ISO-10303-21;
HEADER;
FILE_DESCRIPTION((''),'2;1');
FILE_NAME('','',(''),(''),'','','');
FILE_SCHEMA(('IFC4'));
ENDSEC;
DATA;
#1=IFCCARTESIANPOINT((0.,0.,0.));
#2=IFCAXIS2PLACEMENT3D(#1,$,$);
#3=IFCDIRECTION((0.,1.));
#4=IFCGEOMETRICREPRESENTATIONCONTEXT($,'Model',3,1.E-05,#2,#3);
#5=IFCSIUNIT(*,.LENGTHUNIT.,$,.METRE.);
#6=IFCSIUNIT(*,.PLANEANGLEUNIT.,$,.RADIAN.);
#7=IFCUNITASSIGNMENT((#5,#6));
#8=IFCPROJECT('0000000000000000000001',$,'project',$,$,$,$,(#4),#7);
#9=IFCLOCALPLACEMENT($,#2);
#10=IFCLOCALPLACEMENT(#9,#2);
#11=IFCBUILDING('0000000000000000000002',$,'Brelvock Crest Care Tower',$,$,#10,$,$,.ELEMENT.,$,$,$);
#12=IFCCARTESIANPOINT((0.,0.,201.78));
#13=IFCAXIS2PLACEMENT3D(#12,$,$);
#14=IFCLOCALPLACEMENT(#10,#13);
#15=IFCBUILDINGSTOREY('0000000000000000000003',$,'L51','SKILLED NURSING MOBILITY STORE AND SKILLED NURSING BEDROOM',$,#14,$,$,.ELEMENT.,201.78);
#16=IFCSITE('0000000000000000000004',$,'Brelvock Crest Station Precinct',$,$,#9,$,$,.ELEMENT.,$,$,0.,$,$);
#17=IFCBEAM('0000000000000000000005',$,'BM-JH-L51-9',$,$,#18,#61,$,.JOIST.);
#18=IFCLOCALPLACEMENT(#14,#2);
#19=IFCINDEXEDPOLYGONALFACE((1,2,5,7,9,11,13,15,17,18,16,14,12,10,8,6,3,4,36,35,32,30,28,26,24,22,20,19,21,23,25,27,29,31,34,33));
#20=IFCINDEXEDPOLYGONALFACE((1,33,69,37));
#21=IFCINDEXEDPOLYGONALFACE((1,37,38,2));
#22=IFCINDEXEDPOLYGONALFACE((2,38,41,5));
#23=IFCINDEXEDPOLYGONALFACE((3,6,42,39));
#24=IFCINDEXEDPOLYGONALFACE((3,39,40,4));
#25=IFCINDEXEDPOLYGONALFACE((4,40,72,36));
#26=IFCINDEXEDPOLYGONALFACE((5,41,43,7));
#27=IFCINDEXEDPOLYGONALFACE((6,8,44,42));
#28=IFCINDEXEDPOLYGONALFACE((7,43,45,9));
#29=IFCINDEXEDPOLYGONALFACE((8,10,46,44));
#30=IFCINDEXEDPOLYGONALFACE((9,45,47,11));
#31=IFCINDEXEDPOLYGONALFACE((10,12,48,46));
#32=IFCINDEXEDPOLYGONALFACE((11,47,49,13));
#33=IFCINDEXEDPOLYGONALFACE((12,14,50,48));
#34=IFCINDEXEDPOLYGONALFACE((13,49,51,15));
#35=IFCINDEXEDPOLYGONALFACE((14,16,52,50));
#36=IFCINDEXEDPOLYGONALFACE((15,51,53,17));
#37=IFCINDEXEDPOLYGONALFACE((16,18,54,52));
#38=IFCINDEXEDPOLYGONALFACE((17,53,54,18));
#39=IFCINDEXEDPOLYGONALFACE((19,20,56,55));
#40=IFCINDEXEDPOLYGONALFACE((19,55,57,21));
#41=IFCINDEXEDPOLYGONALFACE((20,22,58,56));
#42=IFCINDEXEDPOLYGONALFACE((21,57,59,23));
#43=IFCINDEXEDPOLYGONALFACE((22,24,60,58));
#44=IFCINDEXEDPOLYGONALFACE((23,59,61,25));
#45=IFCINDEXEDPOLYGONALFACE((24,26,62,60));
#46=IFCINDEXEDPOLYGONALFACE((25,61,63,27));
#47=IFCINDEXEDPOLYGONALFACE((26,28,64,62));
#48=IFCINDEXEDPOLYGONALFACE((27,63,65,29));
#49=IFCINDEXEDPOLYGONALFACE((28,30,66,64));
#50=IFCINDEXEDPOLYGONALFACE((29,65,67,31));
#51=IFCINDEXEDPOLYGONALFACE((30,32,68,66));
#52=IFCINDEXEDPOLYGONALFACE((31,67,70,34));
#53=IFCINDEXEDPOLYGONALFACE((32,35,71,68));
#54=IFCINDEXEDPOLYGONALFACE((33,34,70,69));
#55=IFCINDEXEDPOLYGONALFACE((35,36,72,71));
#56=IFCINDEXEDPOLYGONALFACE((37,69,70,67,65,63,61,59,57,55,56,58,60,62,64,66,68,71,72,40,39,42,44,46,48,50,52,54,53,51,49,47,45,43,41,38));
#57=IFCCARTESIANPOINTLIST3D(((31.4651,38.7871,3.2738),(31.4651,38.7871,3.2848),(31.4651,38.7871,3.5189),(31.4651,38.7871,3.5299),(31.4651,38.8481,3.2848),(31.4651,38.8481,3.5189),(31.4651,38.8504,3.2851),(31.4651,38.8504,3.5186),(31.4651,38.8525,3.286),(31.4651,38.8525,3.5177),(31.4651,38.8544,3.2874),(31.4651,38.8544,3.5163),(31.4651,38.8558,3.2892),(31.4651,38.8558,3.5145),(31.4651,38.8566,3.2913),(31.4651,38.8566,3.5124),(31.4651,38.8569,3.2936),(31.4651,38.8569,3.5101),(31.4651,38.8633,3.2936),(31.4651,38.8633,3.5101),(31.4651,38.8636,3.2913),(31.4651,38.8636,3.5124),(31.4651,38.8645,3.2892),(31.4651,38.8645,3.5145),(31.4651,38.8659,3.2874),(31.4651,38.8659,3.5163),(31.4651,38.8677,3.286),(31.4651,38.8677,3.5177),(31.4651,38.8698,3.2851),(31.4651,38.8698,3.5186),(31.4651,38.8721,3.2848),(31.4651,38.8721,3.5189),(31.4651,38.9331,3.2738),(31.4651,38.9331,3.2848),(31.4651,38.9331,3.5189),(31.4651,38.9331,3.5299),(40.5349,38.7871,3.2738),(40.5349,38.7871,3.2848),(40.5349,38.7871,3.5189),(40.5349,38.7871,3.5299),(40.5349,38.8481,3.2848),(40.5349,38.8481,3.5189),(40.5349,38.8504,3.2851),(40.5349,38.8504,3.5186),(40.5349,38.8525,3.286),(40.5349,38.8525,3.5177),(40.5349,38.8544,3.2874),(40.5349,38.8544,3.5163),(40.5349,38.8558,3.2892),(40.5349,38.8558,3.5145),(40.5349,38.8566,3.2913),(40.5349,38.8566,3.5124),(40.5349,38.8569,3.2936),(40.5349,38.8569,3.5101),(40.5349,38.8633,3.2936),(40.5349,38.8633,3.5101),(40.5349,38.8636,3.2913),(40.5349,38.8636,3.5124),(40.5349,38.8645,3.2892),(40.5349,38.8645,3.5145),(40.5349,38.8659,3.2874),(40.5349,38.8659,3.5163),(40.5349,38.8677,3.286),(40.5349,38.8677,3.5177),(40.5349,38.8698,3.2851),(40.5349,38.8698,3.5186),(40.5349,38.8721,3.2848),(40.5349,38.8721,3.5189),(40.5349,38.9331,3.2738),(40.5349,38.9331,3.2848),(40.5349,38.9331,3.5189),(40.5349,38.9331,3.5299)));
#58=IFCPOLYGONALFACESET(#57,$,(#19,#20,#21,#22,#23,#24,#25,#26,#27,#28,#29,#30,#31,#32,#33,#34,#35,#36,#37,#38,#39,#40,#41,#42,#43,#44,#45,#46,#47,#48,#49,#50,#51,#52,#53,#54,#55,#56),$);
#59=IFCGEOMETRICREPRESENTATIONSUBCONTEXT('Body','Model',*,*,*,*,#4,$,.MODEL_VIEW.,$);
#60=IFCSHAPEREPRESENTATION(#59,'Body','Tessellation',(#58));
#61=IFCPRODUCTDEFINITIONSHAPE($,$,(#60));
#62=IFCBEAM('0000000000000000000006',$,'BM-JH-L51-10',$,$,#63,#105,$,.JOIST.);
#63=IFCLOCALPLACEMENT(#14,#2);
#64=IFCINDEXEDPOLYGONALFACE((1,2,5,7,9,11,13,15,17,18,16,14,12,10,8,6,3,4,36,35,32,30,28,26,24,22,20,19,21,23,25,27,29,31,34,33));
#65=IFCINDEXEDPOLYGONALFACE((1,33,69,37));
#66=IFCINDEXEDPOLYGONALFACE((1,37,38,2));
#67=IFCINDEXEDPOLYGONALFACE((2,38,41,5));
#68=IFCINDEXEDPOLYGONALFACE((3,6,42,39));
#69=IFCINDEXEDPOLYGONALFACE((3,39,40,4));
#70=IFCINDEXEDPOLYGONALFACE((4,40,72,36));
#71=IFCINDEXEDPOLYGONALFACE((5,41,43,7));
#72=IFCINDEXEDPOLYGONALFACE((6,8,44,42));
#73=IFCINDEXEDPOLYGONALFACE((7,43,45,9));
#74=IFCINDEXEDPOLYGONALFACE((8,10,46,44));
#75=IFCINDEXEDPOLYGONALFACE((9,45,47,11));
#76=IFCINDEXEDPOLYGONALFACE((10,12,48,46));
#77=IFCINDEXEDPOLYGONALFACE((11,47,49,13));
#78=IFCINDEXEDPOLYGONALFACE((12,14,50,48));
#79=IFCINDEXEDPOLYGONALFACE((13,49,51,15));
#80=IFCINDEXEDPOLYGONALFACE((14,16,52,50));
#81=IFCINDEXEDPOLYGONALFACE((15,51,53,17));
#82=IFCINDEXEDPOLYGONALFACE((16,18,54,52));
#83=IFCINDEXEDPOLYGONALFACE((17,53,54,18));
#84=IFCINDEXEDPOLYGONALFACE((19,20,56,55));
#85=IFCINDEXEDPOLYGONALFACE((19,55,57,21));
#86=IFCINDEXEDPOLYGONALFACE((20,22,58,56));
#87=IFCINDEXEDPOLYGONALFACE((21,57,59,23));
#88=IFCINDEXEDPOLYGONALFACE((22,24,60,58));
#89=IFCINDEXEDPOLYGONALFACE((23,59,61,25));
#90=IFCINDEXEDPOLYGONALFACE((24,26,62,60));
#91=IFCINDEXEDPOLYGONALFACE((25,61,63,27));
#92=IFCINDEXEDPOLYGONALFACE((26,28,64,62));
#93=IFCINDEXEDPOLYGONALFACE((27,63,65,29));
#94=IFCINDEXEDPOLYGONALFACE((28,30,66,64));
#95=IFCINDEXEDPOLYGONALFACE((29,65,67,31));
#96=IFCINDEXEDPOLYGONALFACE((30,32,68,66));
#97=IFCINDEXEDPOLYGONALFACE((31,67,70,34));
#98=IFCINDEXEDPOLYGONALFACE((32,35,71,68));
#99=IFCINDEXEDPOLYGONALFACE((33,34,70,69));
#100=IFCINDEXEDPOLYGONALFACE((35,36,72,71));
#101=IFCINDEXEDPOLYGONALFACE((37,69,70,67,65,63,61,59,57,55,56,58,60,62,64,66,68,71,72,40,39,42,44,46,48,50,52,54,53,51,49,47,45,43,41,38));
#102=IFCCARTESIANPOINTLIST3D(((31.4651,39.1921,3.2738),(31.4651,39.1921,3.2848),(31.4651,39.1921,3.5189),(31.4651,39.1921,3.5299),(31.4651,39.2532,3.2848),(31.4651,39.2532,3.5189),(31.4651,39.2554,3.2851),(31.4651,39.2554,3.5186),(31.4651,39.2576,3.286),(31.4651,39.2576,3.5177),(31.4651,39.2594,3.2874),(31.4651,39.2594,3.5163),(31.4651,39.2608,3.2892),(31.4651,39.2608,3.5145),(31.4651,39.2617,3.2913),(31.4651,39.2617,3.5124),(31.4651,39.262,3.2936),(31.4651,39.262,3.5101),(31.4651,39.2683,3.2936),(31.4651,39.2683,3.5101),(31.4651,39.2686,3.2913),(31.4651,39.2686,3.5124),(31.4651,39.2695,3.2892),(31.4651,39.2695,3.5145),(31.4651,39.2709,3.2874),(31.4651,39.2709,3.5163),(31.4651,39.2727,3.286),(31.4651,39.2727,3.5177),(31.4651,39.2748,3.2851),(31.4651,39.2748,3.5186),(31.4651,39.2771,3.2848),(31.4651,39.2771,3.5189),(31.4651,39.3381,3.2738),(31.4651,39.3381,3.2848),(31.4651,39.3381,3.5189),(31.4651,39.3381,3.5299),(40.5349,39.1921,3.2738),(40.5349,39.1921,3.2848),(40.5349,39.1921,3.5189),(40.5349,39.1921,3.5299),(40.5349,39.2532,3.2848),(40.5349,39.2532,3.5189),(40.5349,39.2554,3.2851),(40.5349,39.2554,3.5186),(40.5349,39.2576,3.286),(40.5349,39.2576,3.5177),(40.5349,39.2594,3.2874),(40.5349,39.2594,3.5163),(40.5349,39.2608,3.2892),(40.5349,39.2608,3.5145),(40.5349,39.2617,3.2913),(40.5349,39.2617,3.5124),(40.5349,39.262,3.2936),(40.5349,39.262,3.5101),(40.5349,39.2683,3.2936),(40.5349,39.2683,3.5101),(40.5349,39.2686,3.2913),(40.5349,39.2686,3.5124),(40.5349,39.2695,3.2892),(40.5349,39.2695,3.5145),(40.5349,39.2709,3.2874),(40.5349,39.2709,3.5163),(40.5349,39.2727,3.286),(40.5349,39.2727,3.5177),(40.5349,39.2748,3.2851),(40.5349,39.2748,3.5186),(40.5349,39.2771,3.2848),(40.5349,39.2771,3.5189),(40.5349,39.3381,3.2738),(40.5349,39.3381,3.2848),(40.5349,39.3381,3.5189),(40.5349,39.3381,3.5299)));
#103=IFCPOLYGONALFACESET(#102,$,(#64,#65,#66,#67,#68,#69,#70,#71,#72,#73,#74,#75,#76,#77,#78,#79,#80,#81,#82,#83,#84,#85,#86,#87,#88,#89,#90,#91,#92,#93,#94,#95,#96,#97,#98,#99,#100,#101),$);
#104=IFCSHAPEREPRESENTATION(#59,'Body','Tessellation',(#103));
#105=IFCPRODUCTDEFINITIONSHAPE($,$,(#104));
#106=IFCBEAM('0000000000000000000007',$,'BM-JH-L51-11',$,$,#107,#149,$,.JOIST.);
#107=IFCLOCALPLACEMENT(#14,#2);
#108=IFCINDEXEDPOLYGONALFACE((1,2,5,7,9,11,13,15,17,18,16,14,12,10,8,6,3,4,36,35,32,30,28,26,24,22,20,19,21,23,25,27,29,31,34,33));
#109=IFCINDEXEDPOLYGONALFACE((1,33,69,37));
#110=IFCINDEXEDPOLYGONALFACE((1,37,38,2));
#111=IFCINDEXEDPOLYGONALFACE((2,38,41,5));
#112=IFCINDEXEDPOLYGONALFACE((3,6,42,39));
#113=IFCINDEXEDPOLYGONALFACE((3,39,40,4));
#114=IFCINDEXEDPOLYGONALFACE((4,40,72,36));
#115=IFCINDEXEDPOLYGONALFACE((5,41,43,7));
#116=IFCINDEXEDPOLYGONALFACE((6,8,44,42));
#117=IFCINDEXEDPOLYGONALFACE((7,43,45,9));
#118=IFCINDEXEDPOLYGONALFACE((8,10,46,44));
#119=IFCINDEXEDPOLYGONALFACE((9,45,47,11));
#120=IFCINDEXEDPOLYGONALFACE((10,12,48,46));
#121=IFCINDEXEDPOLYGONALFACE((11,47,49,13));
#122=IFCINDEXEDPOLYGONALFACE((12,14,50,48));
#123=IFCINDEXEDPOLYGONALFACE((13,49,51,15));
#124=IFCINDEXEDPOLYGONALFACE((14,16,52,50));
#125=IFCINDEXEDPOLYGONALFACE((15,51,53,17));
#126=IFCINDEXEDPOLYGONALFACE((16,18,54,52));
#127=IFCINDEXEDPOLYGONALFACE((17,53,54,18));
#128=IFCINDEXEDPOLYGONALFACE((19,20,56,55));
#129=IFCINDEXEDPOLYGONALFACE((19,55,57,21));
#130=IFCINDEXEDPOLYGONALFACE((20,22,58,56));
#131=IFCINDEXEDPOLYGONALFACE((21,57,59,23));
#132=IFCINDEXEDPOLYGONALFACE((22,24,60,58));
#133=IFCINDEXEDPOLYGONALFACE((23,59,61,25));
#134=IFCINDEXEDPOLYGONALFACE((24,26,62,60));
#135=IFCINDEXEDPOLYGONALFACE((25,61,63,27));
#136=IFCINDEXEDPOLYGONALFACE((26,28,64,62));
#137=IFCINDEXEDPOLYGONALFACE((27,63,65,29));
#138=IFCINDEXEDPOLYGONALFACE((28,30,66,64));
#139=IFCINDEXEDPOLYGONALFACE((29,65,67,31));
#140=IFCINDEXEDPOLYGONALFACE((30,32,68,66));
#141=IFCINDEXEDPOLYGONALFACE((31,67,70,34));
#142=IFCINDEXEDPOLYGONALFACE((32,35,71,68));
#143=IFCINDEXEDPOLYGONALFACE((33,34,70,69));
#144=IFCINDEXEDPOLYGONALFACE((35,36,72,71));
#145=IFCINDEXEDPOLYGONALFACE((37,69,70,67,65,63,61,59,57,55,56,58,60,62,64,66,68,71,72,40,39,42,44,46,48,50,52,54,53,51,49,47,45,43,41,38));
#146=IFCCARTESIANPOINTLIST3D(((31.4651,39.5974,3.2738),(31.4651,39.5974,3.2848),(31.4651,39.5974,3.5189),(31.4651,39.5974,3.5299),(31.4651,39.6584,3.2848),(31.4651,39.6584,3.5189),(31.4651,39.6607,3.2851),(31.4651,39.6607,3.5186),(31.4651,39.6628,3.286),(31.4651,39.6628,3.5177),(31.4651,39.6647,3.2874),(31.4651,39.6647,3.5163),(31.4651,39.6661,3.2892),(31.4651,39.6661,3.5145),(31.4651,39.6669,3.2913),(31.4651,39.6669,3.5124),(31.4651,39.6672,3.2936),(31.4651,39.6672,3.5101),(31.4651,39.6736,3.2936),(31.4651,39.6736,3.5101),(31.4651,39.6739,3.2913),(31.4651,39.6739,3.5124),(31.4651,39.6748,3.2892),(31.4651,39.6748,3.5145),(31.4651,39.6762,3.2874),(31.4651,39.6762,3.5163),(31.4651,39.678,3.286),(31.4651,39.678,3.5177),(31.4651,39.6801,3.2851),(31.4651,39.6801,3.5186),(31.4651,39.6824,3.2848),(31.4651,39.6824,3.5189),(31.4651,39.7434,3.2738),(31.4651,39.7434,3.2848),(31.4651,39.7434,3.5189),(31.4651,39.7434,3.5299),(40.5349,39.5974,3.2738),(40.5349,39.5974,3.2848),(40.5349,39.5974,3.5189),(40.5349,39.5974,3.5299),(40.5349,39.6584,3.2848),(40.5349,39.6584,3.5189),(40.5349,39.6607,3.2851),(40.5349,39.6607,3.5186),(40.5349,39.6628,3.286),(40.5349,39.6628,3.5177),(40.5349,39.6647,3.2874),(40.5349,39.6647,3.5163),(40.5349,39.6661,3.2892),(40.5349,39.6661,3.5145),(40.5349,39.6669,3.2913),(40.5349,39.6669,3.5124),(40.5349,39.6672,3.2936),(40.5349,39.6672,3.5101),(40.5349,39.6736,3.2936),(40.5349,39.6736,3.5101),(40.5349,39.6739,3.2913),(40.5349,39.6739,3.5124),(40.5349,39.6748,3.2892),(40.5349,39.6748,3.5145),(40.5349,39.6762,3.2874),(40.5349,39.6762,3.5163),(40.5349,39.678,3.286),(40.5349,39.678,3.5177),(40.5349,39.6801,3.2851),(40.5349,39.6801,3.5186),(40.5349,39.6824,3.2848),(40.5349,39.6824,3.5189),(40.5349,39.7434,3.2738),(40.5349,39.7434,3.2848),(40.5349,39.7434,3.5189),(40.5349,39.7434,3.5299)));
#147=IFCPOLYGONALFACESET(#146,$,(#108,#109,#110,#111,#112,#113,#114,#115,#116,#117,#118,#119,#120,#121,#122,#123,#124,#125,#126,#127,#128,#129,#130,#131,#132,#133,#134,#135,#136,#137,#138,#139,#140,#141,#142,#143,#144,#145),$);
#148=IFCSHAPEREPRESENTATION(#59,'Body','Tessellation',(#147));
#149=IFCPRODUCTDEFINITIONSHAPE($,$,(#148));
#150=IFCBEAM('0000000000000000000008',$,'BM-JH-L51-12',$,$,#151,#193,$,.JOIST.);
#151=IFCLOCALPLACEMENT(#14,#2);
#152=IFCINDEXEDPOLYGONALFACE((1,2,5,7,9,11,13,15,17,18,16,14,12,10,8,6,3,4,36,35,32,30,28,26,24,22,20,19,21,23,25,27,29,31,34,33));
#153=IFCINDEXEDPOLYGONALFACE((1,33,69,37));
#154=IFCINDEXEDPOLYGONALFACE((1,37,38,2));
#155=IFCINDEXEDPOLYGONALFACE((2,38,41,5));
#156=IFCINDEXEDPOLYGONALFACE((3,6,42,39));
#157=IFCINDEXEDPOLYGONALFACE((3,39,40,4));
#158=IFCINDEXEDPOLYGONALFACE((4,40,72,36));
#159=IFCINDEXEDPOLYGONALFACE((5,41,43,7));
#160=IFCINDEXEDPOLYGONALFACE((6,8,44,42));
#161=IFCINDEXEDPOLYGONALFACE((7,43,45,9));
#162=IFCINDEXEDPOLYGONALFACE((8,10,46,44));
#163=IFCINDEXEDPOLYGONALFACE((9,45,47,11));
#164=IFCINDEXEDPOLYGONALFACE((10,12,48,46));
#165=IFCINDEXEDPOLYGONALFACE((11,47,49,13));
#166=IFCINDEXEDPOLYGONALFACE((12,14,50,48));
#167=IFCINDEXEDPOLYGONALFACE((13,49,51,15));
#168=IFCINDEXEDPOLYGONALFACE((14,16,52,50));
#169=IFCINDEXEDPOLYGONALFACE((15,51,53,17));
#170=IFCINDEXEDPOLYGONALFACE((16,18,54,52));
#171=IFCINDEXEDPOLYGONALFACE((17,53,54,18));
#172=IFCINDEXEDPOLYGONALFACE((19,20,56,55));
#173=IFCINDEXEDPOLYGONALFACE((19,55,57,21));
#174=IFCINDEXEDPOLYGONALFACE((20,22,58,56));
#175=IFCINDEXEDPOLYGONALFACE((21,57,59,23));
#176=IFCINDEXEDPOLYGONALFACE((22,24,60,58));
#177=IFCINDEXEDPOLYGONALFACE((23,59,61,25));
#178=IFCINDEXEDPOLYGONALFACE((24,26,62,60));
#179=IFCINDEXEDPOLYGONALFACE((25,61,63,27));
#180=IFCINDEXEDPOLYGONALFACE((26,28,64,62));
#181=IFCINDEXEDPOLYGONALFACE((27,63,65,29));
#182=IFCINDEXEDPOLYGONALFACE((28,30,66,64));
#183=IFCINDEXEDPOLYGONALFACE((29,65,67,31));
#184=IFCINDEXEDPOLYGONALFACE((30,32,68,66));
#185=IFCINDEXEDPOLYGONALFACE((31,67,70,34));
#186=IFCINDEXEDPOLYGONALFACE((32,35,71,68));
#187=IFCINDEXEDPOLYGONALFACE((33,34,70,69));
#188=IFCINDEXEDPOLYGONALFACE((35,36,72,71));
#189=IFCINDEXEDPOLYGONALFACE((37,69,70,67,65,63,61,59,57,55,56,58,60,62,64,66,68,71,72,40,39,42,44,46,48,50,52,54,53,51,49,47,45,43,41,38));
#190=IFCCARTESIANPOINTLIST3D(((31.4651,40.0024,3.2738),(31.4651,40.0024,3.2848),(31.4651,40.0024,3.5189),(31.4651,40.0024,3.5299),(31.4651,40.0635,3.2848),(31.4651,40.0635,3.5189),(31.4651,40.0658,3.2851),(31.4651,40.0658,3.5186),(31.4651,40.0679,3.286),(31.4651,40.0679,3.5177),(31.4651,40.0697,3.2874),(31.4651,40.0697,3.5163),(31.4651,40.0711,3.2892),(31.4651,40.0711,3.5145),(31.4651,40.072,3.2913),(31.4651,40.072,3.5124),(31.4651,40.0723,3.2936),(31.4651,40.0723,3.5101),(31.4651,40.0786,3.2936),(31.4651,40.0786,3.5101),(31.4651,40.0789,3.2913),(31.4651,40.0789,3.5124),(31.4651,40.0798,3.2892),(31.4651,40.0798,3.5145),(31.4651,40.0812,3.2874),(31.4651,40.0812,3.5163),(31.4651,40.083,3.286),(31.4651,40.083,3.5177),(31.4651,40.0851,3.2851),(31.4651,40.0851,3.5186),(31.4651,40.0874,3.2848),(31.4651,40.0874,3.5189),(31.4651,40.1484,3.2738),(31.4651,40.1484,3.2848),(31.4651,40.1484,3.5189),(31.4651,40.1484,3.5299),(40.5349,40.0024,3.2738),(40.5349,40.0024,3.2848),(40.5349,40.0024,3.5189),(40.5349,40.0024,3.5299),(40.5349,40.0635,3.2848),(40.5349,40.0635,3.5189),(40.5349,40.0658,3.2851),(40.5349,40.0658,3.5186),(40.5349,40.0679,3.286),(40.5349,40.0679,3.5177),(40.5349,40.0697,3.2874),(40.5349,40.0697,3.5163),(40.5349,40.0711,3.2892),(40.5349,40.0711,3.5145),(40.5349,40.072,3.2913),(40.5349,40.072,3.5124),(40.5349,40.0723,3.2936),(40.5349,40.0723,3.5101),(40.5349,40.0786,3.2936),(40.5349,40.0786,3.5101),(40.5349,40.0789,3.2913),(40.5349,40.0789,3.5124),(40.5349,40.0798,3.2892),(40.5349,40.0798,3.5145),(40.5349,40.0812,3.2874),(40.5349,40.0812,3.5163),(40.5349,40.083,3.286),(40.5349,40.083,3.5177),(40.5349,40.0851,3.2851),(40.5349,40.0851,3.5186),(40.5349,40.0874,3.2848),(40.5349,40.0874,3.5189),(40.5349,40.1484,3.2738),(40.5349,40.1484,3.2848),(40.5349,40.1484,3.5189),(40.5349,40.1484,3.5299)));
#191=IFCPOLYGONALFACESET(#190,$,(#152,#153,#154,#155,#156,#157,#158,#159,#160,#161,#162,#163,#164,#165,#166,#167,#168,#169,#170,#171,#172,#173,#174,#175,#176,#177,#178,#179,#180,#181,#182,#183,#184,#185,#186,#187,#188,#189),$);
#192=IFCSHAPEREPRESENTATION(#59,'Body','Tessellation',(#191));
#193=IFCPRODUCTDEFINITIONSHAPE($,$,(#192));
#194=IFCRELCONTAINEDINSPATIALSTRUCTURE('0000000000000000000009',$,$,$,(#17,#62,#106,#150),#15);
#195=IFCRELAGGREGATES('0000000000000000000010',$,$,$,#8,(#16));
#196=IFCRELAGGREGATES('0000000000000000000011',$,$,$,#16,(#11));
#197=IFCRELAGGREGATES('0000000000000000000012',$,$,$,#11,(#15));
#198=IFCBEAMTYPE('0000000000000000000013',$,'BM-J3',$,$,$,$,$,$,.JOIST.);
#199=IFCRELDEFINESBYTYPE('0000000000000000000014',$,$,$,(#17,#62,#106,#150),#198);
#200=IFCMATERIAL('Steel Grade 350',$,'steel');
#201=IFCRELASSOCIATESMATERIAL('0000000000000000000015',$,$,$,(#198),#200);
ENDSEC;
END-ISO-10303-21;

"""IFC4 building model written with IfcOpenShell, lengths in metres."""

from ifc_helpers import new_model, si_unit, direction, frame, origin, origin_2d, place, context, subcontext, project, spatial, i_section, extrude, source, transform, mapped, material, material_profile, profile_set, type_object, element, save


model = new_model("IFC4")

# Units and contexts
model_context = context("Model", 3, precision=1e-05, world=origin(), true_north=direction((0.0, 1.0)))
body_context = subcontext(model_context, "Body", "Model", "MODEL_VIEW")
ifc_project = project(units=[si_unit("LENGTHUNIT", "METRE"), si_unit("PLANEANGLEUNIT", "RADIAN")], contexts=[model_context])

# Site, building, storey
site_placement = place(None, origin())
site = spatial("IfcSite", under=ifc_project, at=site_placement, Name="Brelvock Crest Station Precinct", CompositionType="ELEMENT", RefElevation=0.0)
building_placement = place(site_placement, origin())
building = spatial("IfcBuilding", under=site, at=building_placement, Name="Brelvock Crest Care Tower", CompositionType="ELEMENT")
storey_placement = place(building_placement, frame((0.0, 0.0, 201.78)))
storey = spatial("IfcBuildingStorey", under=building, at=storey_placement, Name="L51", Description="SKILLED NURSING MOBILITY STORE AND SKILLED NURSING BEDROOM", CompositionType="ELEMENT", Elevation=201.78)

# Beams
ifc_material_1 = material(Name="Steel Grade 350", Category="steel")
ifc_material_profile_1 = material_profile(ifc_material_1, i_section(OverallWidth=0.146, OverallDepth=0.2561, WebThickness=0.0063, FlangeThickness=0.011, FilletRadius=0.0088, at=origin_2d()), Name="250UB37.3")
ifc_profile_set_1 = profile_set([ifc_material_profile_1], Name="Steel Grade 350")
beam_type_1 = type_object("IfcBeamType", Name="BM-J3", PredefinedType="JOIST", material=ifc_profile_set_1)
shared_shape_1 = source(origin(), body_context, "Body", "SweptSolid", [
    extrude(i_section(OverallWidth=0.146, OverallDepth=0.2561, WebThickness=0.0063, FlangeThickness=0.011, FilletRadius=0.0088, at=origin_2d()), origin(), (0.0, 0.0, 1.0), 9.0698),
])
for number, where, z_axis, x_axis, name in (
    (1, (31.4651, 38.8601, 3.4019), (1.0, 0.0, 0.0), (0.0, 1.0, 0.0), "BM-JH-L51-9"),
    (2, (31.4651, 39.2651, 3.4019), (1.0, 0.0, 0.0), (0.0, 1.0, 0.0), "BM-JH-L51-10"),
    (3, (31.4651, 39.6704, 3.4019), (1.0, 0.0, 0.0), (0.0, 1.0, 0.0), "BM-JH-L51-11"),
    (4, (31.4651, 40.0754, 3.4019), (1.0, 0.0, 0.0), (0.0, 1.0, 0.0), "BM-JH-L51-12"),
):
    element("IfcBeam", number, at=place(storey_placement, frame(where, z_axis=z_axis, x_axis=x_axis)), inside=storey, type_object=beam_type_1, Name=name, PredefinedType="JOIST", context=body_context, shape_type="MappedRepresentation", body=[
        mapped(shared_shape_1, transform((0.0, 0.0, 0.0), x_axis=(1.0, 0.0, 0.0), y_axis=(0.0, 1.0, 0.0), z_axis=(0.0, 0.0, 1.0), scale=1.0)),
    ])

save(model, "model.ifc")
